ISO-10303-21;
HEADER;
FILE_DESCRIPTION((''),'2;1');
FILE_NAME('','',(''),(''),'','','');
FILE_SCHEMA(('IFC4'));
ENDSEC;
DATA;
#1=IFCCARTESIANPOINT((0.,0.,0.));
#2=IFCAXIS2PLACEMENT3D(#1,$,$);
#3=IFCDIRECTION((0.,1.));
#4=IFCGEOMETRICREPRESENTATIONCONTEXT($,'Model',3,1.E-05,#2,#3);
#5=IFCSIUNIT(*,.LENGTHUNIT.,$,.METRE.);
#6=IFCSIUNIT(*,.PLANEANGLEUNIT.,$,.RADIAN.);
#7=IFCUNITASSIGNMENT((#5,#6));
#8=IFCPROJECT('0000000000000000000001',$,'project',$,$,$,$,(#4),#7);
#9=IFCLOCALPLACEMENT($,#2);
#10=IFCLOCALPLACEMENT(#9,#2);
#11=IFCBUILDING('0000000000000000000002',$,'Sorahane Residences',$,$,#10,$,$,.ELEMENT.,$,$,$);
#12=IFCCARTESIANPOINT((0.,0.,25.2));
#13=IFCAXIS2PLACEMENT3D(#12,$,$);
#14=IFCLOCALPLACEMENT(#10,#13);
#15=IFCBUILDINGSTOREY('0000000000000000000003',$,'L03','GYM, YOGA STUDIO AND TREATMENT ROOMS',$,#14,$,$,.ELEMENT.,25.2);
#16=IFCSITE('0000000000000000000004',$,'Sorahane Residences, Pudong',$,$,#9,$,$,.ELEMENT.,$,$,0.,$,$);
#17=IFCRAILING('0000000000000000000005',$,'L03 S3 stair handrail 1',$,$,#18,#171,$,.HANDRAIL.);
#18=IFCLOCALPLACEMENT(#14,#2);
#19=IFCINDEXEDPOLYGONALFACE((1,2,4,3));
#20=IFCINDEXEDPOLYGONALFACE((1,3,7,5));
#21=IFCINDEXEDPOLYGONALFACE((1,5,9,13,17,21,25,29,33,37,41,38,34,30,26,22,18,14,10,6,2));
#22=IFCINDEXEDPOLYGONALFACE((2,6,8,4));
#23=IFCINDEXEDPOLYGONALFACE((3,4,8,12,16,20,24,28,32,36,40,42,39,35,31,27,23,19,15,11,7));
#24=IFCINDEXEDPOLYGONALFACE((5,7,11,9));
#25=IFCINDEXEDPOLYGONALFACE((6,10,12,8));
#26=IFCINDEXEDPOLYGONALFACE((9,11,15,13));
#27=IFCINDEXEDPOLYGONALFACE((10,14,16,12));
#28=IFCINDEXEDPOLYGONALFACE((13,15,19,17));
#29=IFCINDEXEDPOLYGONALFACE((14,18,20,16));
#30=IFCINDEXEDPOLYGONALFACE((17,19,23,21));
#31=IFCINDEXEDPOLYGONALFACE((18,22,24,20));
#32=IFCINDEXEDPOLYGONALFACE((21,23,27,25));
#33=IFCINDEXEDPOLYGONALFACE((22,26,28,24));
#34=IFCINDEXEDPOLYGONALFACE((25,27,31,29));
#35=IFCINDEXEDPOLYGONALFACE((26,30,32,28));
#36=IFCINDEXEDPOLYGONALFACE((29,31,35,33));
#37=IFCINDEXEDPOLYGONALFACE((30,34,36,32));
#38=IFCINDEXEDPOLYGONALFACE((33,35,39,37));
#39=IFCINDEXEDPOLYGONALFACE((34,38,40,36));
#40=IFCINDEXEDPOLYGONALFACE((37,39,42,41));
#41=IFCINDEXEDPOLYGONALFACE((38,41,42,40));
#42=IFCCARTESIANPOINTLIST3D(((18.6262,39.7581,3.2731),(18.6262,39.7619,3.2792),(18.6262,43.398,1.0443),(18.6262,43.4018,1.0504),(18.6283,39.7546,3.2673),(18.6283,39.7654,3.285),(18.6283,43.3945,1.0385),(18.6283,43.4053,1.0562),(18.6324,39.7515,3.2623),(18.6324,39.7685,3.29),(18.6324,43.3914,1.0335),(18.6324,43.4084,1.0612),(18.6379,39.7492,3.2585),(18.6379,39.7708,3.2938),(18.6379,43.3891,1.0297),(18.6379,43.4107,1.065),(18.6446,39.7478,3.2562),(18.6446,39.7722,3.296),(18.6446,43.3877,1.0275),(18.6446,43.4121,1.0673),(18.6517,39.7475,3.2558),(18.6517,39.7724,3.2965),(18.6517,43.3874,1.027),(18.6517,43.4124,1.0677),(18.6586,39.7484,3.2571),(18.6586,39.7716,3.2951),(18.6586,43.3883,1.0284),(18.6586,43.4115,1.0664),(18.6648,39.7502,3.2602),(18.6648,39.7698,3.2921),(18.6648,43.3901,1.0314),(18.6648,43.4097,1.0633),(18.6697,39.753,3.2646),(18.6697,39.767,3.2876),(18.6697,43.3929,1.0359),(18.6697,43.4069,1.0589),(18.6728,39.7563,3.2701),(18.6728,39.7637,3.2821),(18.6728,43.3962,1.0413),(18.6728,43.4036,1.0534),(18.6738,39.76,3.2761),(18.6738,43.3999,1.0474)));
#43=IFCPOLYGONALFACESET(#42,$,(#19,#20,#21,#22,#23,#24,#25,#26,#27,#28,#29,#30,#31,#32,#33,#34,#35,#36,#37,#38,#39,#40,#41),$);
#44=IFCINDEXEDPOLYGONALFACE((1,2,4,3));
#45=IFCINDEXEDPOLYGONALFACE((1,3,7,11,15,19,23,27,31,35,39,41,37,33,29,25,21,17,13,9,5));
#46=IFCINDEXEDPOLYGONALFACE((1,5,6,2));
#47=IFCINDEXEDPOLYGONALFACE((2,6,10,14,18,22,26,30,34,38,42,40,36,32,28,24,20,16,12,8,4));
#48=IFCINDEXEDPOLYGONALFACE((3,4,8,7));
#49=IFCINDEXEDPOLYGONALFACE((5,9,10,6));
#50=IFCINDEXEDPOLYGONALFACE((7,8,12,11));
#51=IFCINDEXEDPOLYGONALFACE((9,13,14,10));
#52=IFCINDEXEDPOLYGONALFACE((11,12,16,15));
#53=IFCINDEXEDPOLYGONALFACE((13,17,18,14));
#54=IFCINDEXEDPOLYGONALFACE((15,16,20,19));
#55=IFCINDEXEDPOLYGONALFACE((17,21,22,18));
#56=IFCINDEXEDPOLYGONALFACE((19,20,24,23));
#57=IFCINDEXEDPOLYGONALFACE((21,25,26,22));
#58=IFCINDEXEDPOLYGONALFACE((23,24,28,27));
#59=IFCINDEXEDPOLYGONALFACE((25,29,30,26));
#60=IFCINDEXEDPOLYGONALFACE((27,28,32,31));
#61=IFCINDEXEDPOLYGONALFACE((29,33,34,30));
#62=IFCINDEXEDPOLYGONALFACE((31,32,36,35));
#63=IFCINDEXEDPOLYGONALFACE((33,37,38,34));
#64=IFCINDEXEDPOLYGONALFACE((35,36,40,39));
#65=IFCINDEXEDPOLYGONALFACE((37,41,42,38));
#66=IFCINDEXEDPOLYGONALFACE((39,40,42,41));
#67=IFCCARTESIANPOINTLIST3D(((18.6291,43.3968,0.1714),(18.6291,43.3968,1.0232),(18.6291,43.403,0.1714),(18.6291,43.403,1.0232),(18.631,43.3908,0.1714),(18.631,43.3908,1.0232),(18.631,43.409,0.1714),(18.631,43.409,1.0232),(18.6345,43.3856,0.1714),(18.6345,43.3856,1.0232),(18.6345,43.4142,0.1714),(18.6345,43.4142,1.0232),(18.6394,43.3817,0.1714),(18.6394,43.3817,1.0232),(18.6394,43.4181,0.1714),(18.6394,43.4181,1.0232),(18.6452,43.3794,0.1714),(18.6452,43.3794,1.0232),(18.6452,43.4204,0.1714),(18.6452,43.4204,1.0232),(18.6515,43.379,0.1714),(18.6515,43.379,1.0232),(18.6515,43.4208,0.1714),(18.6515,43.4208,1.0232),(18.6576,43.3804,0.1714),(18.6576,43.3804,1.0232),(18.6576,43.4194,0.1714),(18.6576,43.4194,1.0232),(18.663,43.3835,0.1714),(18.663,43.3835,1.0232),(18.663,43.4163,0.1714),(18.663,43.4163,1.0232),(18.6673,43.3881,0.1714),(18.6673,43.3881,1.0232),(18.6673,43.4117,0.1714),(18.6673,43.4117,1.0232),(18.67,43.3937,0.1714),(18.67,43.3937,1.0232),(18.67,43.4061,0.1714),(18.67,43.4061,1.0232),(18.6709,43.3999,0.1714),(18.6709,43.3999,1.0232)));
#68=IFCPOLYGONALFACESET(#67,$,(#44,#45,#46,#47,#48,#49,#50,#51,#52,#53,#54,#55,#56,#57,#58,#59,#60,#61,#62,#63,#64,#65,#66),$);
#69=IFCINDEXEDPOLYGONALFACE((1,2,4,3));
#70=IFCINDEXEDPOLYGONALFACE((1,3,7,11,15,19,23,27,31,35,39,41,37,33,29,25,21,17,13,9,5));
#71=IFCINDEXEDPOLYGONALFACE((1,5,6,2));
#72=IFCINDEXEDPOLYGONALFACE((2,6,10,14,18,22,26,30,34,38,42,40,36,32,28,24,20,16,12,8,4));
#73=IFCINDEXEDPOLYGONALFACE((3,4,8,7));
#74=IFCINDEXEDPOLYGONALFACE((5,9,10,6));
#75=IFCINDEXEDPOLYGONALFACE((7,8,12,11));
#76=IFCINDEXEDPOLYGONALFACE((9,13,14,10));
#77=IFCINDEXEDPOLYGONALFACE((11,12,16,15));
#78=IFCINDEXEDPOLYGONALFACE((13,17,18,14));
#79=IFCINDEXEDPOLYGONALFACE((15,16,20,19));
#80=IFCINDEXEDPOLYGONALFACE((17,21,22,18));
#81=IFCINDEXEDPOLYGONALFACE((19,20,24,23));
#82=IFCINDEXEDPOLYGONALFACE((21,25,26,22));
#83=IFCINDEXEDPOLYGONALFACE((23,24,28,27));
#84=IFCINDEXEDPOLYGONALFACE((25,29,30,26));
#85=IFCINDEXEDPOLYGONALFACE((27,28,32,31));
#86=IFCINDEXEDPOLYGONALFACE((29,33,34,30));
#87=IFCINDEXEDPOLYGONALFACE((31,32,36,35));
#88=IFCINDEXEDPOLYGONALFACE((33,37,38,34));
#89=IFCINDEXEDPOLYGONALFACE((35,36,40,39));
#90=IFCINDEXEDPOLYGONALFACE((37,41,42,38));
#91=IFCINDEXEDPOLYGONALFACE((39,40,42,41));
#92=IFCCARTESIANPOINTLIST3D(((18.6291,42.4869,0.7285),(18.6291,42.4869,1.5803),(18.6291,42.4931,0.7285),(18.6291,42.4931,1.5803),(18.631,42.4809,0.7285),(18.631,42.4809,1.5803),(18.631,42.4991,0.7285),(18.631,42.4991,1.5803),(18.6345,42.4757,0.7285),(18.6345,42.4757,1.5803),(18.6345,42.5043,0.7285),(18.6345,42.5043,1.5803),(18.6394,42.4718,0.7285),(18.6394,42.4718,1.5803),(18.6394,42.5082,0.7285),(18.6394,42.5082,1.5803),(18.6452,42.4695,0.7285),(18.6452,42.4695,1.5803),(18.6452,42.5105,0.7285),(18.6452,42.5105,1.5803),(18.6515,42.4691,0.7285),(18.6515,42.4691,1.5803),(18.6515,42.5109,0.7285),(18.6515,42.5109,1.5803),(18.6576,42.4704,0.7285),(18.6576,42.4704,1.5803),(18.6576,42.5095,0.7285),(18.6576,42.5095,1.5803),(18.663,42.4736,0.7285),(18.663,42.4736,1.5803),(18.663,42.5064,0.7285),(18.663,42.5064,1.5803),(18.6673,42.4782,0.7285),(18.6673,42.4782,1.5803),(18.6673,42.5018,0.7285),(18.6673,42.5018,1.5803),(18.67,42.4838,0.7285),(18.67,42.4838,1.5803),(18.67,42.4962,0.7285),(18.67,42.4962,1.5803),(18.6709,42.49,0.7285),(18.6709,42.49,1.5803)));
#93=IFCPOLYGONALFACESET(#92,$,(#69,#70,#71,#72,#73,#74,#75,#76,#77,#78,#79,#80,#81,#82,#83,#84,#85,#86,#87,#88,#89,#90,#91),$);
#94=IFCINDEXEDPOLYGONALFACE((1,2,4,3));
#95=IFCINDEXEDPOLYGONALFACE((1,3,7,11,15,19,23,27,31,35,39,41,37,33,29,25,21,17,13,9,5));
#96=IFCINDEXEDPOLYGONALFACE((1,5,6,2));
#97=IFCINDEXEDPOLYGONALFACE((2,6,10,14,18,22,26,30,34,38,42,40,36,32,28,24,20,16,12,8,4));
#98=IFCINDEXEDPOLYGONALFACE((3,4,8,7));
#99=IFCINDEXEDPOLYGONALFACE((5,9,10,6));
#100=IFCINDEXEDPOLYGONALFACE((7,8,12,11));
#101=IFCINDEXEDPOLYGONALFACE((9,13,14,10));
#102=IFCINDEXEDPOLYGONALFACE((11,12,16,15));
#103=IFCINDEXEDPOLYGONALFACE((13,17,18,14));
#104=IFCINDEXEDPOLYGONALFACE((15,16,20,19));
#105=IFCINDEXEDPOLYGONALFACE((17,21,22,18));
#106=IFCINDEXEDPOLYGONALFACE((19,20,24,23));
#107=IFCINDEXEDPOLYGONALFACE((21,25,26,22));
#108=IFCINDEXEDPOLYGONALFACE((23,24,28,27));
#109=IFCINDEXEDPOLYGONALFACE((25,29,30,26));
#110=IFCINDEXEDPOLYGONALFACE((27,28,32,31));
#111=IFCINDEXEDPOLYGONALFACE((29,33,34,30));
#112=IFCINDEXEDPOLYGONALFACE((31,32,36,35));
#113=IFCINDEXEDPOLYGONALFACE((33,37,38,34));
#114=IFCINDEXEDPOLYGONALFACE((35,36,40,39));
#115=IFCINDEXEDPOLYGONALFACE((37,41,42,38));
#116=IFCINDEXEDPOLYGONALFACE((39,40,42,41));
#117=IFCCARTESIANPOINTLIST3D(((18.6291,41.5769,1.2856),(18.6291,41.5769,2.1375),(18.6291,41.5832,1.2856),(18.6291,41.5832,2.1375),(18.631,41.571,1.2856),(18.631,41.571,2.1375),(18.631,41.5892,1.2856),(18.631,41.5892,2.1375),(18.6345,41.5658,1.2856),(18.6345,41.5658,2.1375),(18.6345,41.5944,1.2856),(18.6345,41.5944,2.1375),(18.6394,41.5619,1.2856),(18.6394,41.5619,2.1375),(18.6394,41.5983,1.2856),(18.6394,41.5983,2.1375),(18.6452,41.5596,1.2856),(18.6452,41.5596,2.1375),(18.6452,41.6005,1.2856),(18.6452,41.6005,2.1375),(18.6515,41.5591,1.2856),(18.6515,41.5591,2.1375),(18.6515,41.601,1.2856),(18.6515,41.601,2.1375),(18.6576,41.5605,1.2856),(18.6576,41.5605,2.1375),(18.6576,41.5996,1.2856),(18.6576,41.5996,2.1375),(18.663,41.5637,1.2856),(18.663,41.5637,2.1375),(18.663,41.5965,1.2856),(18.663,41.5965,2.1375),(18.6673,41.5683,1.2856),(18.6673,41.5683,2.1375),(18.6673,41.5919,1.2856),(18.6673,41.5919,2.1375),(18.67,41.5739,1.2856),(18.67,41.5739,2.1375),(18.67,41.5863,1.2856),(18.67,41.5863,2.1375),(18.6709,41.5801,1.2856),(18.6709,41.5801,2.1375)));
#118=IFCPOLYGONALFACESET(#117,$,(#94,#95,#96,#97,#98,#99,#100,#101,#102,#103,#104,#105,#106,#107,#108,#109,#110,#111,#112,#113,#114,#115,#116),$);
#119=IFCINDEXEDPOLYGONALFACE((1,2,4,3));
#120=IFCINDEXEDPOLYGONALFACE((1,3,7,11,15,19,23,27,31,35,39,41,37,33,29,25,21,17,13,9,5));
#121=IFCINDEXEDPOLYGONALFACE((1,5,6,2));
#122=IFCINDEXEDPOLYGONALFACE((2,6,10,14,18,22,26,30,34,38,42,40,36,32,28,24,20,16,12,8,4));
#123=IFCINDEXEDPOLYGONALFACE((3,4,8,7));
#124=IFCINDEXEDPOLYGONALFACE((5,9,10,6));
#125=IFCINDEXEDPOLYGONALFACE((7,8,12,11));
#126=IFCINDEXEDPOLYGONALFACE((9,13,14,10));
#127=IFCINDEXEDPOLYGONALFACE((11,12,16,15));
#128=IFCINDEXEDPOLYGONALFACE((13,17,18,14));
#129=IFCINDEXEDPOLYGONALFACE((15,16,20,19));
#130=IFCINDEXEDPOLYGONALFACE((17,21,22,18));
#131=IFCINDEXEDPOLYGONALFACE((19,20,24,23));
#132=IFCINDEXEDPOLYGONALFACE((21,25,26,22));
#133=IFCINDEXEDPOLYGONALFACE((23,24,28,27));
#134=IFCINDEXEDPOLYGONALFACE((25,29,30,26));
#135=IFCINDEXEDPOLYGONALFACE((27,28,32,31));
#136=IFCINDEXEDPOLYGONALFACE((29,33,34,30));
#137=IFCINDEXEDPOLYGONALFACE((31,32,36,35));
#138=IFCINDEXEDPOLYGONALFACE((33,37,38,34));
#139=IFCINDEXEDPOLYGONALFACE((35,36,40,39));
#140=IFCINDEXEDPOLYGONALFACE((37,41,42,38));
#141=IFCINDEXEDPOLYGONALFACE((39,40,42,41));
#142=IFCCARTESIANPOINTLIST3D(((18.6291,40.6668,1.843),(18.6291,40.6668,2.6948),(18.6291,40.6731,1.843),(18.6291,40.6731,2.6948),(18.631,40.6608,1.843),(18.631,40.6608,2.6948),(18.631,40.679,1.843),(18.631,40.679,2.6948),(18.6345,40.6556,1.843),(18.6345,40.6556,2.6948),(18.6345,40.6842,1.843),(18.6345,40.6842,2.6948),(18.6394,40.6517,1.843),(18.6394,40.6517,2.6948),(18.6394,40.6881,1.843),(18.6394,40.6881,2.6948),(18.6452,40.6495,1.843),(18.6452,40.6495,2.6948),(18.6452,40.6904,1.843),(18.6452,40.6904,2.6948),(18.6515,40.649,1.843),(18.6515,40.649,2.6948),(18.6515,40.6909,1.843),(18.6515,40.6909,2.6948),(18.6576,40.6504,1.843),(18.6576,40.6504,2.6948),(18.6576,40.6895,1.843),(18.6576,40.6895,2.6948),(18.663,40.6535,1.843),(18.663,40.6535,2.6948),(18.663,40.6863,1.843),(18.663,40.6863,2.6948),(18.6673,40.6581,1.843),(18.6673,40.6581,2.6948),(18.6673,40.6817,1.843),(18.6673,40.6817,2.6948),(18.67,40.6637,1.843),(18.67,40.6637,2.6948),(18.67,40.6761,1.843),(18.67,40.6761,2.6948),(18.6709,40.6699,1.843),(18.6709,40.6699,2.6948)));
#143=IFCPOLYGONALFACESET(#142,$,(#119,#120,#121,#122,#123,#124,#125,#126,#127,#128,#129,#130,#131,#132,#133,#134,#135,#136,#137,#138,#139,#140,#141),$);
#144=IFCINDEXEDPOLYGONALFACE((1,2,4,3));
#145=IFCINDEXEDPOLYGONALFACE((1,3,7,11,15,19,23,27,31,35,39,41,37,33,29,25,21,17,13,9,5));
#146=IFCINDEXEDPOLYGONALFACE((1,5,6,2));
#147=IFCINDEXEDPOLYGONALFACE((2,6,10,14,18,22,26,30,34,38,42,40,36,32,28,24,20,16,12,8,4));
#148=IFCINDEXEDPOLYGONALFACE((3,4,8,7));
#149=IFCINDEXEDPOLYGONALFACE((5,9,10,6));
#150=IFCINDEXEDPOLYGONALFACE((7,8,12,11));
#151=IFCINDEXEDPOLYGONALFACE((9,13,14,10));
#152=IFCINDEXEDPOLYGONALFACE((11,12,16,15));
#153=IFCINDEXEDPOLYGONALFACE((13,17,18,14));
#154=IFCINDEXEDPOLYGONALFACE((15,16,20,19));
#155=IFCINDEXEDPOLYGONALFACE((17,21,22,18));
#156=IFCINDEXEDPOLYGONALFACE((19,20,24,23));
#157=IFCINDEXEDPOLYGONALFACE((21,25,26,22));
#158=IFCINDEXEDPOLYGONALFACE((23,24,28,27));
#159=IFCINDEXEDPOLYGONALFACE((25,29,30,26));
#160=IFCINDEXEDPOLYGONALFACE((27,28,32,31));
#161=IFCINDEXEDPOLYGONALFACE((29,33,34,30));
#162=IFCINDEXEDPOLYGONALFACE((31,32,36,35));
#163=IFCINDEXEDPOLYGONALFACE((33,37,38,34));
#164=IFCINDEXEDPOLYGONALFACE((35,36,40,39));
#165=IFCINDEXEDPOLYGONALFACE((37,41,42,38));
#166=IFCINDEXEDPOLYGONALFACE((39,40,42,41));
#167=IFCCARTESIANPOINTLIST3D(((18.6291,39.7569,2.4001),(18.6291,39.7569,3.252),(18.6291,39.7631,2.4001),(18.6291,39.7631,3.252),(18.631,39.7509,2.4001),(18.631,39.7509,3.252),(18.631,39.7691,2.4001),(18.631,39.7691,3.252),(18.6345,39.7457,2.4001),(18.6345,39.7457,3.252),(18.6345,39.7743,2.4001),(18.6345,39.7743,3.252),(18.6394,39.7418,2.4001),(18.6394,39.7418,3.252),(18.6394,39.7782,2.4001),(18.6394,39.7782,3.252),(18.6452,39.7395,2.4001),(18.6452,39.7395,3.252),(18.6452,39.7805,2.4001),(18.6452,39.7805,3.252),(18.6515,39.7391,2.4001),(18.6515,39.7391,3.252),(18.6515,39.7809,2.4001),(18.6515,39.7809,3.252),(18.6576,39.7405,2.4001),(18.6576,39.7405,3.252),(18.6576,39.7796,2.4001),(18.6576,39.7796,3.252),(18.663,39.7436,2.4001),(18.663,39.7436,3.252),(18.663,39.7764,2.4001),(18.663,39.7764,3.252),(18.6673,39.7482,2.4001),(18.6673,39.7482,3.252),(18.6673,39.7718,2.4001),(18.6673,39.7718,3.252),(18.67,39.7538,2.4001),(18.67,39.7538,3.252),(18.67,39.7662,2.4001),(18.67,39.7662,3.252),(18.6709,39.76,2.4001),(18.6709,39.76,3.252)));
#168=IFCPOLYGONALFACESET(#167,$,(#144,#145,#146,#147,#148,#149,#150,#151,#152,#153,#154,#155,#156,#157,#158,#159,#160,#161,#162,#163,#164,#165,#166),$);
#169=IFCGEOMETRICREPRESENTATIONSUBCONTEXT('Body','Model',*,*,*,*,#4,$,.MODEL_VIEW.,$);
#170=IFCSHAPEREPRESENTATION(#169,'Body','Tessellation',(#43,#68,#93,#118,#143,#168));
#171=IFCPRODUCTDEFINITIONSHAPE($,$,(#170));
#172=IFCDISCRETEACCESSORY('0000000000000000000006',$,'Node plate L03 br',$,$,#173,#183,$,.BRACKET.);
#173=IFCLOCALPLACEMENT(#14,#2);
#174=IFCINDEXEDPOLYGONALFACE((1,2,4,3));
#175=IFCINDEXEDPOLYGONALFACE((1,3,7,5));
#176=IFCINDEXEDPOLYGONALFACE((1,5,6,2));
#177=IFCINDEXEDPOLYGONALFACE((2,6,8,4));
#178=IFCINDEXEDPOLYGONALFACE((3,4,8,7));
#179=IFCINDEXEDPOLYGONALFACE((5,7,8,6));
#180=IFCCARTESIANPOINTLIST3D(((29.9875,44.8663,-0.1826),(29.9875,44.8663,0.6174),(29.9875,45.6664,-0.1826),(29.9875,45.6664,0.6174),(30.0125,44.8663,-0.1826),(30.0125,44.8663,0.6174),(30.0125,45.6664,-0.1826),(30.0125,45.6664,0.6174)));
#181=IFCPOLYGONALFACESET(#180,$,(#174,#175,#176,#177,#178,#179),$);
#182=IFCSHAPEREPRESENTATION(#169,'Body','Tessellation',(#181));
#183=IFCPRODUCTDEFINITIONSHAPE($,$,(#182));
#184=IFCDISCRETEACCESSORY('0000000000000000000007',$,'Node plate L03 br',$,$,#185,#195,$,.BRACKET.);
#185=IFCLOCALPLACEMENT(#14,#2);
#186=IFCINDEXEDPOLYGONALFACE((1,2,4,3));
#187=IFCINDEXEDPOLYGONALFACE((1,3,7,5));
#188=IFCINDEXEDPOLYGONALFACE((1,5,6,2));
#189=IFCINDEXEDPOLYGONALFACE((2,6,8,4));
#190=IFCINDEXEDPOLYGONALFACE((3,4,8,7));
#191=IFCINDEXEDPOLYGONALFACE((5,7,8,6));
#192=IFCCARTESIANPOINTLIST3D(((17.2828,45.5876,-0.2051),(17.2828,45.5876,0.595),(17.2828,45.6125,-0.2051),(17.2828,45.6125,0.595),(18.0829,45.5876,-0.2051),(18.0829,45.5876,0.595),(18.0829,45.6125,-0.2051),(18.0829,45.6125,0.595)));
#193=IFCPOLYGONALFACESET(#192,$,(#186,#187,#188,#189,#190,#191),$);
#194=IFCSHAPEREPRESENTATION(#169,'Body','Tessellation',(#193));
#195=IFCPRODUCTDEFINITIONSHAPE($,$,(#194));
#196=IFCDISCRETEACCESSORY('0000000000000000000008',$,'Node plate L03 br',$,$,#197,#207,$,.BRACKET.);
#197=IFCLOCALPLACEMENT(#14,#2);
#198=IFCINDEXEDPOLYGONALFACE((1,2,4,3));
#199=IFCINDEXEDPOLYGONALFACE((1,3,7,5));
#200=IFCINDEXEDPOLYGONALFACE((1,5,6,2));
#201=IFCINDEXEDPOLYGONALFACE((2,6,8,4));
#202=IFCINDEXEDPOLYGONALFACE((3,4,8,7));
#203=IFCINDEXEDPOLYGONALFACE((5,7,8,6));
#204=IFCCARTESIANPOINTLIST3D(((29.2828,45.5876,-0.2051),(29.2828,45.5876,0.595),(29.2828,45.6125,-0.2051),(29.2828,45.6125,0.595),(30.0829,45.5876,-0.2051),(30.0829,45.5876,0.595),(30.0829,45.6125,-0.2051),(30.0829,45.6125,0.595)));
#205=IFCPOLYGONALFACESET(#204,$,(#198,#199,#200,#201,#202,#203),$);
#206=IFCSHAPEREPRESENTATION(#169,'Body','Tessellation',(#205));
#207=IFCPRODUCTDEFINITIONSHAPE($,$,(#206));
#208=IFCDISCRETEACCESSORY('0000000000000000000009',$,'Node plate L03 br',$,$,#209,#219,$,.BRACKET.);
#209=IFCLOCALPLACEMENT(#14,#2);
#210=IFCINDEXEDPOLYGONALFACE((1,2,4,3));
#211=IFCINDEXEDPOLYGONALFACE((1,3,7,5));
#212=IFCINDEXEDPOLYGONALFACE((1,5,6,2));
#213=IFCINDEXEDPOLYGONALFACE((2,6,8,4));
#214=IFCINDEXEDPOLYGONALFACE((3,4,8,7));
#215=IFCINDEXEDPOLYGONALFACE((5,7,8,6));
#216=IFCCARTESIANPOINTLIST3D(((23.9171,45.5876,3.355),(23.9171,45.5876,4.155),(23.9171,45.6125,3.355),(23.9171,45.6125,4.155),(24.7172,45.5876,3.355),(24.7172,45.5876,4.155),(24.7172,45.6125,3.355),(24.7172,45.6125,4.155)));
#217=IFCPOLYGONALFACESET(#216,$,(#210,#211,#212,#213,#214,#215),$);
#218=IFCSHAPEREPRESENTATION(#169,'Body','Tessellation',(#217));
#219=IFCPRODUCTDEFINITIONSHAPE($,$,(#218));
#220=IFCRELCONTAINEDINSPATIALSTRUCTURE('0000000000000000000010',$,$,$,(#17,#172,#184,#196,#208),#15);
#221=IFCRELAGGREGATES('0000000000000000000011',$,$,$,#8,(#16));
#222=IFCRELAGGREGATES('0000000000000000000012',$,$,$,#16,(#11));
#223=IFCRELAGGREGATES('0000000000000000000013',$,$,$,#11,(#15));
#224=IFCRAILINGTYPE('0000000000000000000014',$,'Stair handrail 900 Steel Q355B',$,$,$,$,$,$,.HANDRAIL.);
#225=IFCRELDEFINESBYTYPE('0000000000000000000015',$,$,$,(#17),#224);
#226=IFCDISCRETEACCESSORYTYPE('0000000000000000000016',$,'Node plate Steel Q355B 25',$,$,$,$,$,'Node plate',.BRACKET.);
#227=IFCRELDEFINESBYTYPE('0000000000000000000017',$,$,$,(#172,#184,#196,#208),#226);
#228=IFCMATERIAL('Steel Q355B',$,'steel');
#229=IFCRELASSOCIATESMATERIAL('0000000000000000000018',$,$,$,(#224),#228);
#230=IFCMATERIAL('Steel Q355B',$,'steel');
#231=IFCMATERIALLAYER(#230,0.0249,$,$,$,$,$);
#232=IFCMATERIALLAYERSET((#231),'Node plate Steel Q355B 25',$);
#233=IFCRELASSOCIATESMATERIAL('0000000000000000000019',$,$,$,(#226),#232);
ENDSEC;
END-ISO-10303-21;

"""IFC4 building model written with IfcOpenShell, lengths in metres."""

from ifc_helpers import new_model, si_unit, direction, frame, origin, origin_2d, place, context, subcontext, project, spatial, rectangle, circle, extrude, material, layer, layer_set, type_object, element, save


model = new_model("IFC4")

# Units and contexts
model_context = context("Model", 3, precision=1e-05, world=origin(), true_north=direction((0.0, 1.0)))
body_context = subcontext(model_context, "Body", "Model", "MODEL_VIEW")
ifc_project = project(units=[si_unit("LENGTHUNIT", "METRE"), si_unit("PLANEANGLEUNIT", "RADIAN")], contexts=[model_context])

# Site, building, storey
site_placement = place(None, origin())
site = spatial("IfcSite", under=ifc_project, at=site_placement, Name="Sorahane Residences, Pudong", CompositionType="ELEMENT", RefElevation=0.0)
building_placement = place(site_placement, origin())
building = spatial("IfcBuilding", under=site, at=building_placement, Name="Sorahane Residences", CompositionType="ELEMENT")
storey_placement = place(building_placement, frame((0.0, 0.0, 25.2)))
storey = spatial("IfcBuildingStorey", under=building, at=storey_placement, Name="L03", Description="GYM, YOGA STUDIO AND TREATMENT ROOMS", CompositionType="ELEMENT", Elevation=25.2)

# Railing
ifc_material_1 = material(Name="Steel Q355B", Category="steel")
railing_type_1 = type_object("IfcRailingType", Name="Stair handrail 900 Steel Q355B", PredefinedType="HANDRAIL", material=ifc_material_1)
railing_1_placement = place(storey_placement, frame((18.6499, 43.3999, 0.1714)))
element("IfcRailing", 1, at=railing_1_placement, inside=storey, type_object=railing_type_1, Name="L03 S3 stair handrail 1", PredefinedType="HANDRAIL", context=body_context, shape_type="SweptSolid", body=[
    extrude(circle(Radius=0.0239, at=origin_2d()), frame((0.0, 0.0, 0.876), z_axis=(0.0, -0.852825, 0.522197), x_axis=(1.0, 0.0, 0.0)), (0.0, 0.0, 1.0), 4.2681),
    extrude(circle(Radius=0.021, at=origin_2d()), origin(), (0.0, 0.0, 1.0), 0.8518),
    extrude(circle(Radius=0.021, at=origin_2d()), frame((0.0, -0.9099, 0.5571)), (0.0, 0.0, 1.0), 0.8518),
    extrude(circle(Radius=0.021, at=origin_2d()), frame((0.0, -1.8198, 1.1143)), (0.0, 0.0, 1.0), 0.8518),
    extrude(circle(Radius=0.021, at=origin_2d()), frame((0.0, -2.73, 1.6716)), (0.0, 0.0, 1.0), 0.8518),
    extrude(circle(Radius=0.021, at=origin_2d()), frame((0.0, -3.6399, 2.2288)), (0.0, 0.0, 1.0), 0.8518),
])

# Discrete accessories
ifc_material_2 = material(Name="Steel Q355B", Category="steel")
ifc_layer_1 = layer(ifc_material_2, 0.0249)
ifc_layer_set_1 = layer_set([ifc_layer_1], Name="Node plate Steel Q355B 25")
discrete_accessory_type = type_object("IfcDiscreteAccessoryType", Name="Node plate Steel Q355B 25", ElementType="Node plate", PredefinedType="BRACKET", material=ifc_layer_set_1)
for number, where, z_axis, x_axis, name in (
    (2, (30.0, 45.2664, -0.1826), (0.0, 0.0, 1.0), (0.0, 1.0, 0.0), "Node plate L03 br"),
    (3, (17.6829, 45.6001, -0.2051), (0.0, 0.0, 1.0), (1.0, 0.0, 0.0), "Node plate L03 br"),
    (4, (29.6829, 45.6001, -0.2051), (0.0, 0.0, 1.0), (1.0, 0.0, 0.0), "Node plate L03 br"),
    (5, (24.3171, 45.6001, 3.355), (0.0, 0.0, 1.0), (1.0, 0.0, 0.0), "Node plate L03 br"),
):
    element("IfcDiscreteAccessory", number, at=place(storey_placement, frame(where, z_axis=z_axis, x_axis=x_axis)), inside=storey, type_object=discrete_accessory_type, Name=name, PredefinedType="BRACKET", context=body_context, shape_type="SweptSolid", body=[
        extrude(rectangle(XDim=0.8, YDim=0.0249, at=origin_2d()), origin(), (0.0, 0.0, 1.0), 0.8),
    ])

save(model, "model.ifc")
